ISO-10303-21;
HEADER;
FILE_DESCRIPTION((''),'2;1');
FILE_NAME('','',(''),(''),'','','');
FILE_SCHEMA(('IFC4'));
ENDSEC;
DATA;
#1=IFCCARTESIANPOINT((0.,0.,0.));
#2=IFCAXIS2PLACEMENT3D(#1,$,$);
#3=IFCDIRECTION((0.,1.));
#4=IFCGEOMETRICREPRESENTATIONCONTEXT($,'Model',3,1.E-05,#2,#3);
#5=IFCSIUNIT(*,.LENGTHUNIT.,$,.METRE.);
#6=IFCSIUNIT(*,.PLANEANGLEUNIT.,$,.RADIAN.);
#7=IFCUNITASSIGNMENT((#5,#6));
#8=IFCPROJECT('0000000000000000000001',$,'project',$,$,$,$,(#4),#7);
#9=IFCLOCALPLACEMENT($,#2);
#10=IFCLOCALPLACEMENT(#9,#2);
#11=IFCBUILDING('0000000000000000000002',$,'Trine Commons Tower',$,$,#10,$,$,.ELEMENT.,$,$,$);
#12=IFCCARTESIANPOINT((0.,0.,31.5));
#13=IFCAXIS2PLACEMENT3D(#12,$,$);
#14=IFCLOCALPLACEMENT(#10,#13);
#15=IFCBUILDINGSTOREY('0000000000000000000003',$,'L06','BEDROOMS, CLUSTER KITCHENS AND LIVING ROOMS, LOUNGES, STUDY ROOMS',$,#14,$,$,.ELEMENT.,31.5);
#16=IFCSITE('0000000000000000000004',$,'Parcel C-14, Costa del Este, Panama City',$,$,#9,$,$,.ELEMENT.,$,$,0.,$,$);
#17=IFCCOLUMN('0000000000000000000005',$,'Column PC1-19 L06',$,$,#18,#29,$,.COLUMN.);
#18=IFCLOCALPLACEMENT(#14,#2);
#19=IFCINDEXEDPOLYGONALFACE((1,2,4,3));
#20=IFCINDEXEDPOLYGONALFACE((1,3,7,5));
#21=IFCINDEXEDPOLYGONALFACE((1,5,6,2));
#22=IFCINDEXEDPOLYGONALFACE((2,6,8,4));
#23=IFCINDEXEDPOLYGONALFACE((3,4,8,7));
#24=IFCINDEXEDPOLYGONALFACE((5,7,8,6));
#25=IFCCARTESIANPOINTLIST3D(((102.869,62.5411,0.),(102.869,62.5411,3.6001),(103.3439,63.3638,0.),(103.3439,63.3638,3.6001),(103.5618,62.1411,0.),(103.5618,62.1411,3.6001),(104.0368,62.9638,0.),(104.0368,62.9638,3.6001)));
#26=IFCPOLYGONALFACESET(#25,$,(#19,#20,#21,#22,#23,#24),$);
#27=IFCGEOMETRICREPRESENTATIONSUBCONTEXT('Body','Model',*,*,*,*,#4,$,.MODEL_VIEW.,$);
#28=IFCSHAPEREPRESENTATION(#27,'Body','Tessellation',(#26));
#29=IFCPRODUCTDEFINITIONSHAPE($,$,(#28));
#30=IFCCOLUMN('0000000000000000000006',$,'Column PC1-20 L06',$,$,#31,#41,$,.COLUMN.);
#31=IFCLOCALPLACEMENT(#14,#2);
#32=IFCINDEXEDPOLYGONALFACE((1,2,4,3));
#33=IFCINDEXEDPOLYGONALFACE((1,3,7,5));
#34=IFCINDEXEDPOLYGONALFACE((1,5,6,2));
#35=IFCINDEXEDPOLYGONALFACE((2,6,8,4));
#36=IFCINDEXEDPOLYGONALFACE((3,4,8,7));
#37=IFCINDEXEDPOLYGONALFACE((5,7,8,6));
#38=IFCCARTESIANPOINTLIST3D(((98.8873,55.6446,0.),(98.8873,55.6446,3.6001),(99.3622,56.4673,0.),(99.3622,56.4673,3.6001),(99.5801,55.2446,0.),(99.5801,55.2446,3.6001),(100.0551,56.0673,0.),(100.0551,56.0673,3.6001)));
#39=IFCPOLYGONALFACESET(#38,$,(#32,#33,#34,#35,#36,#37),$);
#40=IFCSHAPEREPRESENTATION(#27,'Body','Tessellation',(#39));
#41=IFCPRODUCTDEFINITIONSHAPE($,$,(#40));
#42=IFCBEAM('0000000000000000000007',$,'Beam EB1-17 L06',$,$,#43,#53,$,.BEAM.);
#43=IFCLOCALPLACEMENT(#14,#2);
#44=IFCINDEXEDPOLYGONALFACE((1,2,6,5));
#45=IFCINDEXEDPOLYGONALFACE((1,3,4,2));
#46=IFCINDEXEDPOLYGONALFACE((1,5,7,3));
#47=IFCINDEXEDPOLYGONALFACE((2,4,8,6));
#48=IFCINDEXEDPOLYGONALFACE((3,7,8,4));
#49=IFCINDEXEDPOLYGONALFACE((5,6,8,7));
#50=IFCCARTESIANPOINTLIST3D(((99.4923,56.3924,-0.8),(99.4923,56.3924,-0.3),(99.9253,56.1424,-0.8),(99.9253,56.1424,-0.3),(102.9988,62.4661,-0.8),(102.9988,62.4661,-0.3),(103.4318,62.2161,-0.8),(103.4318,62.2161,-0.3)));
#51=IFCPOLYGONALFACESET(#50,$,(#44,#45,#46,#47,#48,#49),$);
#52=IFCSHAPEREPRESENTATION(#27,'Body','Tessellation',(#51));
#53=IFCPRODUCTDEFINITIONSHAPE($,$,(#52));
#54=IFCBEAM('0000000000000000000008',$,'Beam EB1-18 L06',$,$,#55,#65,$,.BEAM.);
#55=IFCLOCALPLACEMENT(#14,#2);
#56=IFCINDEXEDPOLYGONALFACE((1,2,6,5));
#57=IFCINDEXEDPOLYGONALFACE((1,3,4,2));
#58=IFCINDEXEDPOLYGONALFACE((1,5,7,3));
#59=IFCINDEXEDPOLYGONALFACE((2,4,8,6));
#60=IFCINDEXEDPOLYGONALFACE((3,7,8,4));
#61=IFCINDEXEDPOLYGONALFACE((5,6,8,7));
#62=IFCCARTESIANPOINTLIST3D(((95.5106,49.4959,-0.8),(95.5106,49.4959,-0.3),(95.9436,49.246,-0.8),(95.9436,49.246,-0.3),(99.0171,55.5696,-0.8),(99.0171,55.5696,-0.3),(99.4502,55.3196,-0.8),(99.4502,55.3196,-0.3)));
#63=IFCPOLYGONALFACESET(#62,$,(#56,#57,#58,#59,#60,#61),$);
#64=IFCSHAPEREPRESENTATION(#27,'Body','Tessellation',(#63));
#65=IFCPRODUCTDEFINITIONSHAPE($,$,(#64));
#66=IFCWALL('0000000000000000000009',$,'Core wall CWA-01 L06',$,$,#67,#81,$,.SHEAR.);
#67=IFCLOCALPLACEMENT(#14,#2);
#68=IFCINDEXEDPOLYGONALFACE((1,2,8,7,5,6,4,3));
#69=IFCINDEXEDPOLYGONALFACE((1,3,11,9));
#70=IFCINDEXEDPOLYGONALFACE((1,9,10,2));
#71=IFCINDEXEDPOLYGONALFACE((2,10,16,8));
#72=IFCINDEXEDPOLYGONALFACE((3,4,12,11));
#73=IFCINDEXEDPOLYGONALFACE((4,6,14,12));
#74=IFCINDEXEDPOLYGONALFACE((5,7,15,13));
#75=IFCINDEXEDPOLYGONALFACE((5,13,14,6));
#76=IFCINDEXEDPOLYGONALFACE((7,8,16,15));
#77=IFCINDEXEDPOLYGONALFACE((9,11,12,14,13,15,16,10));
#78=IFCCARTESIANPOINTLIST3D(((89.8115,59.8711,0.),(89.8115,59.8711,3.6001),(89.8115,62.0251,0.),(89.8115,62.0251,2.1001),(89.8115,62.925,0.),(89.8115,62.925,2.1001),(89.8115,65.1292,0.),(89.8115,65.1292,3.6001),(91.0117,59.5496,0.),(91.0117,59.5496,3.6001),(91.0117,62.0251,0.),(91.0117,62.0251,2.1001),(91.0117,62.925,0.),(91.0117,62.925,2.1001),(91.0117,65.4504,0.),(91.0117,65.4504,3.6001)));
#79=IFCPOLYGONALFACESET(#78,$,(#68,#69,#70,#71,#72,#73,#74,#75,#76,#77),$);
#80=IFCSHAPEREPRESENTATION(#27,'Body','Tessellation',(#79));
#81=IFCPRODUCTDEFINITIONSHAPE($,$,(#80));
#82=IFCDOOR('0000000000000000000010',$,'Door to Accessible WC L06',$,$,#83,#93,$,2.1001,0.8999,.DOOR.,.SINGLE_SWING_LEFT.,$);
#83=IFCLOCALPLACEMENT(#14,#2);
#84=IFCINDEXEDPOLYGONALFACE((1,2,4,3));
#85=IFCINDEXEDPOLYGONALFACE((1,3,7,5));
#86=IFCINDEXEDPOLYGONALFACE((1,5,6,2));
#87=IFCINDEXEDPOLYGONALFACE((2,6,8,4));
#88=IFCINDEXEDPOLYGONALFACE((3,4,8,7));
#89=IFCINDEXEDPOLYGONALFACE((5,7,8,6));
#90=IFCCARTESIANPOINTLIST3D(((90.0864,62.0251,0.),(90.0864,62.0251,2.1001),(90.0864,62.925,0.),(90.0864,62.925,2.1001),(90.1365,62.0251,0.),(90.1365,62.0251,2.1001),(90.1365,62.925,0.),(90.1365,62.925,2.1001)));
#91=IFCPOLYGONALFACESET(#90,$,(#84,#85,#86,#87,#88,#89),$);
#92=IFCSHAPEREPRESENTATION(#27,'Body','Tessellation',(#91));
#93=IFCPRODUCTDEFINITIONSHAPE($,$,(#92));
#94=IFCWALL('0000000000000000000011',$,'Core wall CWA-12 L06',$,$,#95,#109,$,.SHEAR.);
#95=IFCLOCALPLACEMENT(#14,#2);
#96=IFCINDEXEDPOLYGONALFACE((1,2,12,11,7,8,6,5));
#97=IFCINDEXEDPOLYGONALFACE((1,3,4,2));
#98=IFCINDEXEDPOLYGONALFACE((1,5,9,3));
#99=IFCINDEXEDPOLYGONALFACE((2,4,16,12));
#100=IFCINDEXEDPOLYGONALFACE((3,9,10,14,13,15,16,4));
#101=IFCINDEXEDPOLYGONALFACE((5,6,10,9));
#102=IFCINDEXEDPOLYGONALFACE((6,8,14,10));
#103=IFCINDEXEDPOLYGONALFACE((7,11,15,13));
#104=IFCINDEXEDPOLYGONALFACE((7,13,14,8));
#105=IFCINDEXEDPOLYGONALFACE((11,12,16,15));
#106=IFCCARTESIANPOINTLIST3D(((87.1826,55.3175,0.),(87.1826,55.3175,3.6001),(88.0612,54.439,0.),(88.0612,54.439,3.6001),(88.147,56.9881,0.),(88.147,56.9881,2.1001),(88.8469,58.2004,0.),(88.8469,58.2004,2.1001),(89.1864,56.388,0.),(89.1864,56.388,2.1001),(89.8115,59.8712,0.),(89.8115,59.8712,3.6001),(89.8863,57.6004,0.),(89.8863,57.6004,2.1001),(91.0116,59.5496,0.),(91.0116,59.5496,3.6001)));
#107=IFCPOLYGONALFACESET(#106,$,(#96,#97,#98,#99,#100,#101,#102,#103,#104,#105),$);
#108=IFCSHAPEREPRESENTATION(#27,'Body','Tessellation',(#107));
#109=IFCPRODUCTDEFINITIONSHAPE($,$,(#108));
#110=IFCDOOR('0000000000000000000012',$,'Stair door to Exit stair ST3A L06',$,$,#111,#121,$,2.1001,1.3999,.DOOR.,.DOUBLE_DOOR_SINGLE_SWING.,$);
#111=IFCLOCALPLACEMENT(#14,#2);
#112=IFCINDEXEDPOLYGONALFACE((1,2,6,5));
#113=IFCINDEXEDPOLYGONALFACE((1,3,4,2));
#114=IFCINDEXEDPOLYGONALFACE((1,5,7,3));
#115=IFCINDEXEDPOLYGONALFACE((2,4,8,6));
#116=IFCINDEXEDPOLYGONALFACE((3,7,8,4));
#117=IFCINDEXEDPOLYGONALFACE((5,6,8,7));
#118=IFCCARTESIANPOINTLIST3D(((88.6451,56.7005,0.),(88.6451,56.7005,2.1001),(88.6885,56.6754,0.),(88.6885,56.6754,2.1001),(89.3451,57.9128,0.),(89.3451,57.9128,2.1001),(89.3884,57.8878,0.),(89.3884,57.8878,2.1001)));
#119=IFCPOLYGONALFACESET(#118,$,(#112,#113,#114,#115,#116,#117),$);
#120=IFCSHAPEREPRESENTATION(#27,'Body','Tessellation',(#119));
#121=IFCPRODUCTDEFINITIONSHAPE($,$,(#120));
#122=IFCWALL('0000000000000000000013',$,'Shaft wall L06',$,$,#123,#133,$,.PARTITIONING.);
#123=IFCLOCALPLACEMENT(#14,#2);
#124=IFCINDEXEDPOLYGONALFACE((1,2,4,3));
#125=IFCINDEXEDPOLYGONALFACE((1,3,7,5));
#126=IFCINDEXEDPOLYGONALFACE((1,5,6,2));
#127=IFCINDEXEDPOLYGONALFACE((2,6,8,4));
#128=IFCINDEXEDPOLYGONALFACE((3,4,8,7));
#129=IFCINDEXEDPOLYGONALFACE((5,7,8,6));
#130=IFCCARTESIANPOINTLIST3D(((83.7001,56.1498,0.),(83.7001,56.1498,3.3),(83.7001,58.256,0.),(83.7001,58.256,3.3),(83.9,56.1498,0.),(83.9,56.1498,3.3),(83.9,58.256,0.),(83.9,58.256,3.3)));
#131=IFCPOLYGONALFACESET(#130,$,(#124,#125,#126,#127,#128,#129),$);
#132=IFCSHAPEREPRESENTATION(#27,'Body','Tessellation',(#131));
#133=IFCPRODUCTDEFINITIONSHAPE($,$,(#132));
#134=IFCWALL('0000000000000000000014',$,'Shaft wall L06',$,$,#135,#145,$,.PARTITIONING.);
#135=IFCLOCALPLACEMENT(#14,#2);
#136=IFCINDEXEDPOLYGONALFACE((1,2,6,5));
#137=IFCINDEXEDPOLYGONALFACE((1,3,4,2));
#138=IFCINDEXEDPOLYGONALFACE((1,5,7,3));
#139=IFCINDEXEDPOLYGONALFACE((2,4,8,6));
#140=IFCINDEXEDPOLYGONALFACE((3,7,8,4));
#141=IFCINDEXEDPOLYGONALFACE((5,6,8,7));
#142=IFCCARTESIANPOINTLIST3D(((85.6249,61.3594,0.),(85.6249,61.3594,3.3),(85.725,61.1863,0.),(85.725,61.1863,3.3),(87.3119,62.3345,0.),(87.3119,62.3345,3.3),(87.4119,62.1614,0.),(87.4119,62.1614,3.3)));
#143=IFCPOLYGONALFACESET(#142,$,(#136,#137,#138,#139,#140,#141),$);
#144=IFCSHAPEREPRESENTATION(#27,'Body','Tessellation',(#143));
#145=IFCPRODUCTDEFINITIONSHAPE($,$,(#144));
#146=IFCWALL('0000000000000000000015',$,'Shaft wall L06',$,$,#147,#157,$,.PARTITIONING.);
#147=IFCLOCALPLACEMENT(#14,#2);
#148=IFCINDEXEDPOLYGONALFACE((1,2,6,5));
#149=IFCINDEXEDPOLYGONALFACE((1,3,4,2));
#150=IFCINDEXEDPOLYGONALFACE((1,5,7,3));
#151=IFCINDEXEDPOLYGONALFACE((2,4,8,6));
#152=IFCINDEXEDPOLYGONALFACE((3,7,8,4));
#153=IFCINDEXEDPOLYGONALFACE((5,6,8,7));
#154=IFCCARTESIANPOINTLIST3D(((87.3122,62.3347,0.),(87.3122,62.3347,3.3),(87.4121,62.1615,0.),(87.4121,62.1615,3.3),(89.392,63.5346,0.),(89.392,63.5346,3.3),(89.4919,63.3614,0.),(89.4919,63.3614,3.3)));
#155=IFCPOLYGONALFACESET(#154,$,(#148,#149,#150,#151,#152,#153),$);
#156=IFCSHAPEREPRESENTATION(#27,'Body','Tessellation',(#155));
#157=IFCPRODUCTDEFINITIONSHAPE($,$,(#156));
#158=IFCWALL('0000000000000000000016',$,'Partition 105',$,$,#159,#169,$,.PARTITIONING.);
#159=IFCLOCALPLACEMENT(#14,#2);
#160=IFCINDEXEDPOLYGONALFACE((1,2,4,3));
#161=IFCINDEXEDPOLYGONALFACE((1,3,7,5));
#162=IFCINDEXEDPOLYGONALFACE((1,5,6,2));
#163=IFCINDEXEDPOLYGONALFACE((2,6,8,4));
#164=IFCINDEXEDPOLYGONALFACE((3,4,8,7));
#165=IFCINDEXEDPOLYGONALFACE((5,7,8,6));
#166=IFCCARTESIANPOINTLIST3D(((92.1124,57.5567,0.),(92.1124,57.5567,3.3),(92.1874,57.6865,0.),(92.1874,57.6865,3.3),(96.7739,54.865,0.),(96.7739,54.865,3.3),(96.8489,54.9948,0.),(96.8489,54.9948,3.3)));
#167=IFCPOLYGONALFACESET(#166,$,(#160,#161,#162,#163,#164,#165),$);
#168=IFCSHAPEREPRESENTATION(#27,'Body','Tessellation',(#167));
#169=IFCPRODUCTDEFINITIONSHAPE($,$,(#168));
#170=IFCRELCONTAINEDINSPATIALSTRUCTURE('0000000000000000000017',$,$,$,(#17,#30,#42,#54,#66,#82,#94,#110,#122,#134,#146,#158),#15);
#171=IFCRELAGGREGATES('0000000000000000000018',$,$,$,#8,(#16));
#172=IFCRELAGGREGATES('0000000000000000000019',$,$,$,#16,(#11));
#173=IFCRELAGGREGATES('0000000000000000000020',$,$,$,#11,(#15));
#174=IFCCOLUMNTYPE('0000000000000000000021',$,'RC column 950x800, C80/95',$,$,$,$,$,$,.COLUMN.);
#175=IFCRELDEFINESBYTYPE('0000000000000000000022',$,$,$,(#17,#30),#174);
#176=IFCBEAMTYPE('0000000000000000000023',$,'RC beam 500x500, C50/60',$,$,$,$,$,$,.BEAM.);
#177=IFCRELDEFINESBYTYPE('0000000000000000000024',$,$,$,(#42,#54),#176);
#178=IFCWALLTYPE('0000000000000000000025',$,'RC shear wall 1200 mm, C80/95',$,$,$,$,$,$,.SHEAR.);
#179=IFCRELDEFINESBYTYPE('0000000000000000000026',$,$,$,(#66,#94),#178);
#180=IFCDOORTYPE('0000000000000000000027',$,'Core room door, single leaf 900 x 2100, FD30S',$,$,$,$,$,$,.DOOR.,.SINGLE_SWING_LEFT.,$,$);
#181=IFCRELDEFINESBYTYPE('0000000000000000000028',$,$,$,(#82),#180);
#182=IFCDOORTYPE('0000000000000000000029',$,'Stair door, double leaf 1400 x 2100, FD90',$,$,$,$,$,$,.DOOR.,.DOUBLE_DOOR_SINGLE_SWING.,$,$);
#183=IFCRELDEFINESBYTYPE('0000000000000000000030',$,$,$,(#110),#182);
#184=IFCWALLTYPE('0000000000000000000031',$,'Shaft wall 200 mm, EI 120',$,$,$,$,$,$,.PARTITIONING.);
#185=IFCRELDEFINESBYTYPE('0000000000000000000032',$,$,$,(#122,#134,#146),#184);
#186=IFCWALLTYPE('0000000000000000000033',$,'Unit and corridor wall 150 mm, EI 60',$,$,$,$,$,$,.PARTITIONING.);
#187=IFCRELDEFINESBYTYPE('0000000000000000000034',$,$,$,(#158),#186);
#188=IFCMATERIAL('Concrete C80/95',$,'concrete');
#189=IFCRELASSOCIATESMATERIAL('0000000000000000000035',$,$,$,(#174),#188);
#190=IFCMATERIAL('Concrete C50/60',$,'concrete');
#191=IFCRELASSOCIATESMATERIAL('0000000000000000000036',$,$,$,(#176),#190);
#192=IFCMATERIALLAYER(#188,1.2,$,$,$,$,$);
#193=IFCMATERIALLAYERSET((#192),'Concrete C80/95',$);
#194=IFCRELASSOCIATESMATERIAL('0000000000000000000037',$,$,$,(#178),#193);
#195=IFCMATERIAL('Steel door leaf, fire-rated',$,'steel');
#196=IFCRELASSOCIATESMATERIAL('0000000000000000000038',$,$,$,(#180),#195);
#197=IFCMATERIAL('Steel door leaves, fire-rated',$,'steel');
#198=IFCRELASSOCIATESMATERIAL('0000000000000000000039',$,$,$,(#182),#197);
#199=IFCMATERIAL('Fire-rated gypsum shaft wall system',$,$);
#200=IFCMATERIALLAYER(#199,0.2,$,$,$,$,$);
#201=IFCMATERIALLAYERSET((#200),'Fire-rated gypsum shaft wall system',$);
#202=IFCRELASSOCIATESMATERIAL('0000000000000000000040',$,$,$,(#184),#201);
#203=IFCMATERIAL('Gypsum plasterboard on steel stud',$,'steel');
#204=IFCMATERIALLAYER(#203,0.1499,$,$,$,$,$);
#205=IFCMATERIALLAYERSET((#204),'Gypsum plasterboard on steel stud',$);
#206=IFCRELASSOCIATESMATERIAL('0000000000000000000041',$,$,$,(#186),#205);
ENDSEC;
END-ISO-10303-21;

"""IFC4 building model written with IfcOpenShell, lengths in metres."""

from ifc_helpers import new_model, si_unit, direction, frame, frame_2d, origin, origin_2d, place, context, subcontext, project, spatial, polyline, rectangle, outline, extrude, material, layer, layer_set, material_profile, profile_set, type_object, element, fill, save


model = new_model("IFC4")

# Units and contexts
model_context = context("Model", 3, precision=1e-05, world=origin(), true_north=direction((0.0, 1.0)))
body_context = subcontext(model_context, "Body", "Model", "MODEL_VIEW")
ifc_project = project(units=[si_unit("LENGTHUNIT", "METRE"), si_unit("PLANEANGLEUNIT", "RADIAN")], contexts=[model_context])

# Site, building, storey
site_placement = place(None, origin())
site = spatial("IfcSite", under=ifc_project, at=site_placement, Name="Parcel C-14, Costa del Este, Panama City", CompositionType="ELEMENT", RefElevation=0.0)
building_placement = place(site_placement, origin())
building = spatial("IfcBuilding", under=site, at=building_placement, Name="Trine Commons Tower", CompositionType="ELEMENT")
storey_placement = place(building_placement, frame((0.0, 0.0, 31.5)))
storey = spatial("IfcBuildingStorey", under=building, at=storey_placement, Name="L06", Description="BEDROOMS, CLUSTER KITCHENS AND LIVING ROOMS, LOUNGES, STUDY ROOMS", CompositionType="ELEMENT", Elevation=31.5)

# Columns
ifc_material_1 = material(Name="Concrete C80/95", Category="concrete")
ifc_material_profile_1 = material_profile(ifc_material_1, rectangle(XDim=0.95, YDim=0.8, at=origin_2d()), Name="RC 950x800")
ifc_profile_set_1 = profile_set([ifc_material_profile_1], Name="Concrete C80/95")
column_type = type_object("IfcColumnType", Name="RC column 950x800, C80/95", PredefinedType="COLUMN", material=ifc_profile_set_1)
for number, where, z_axis, x_axis, name in (
    (1, (103.4529, 62.7524, 0.0), (0.0, 0.0, 1.0), (0.5, 0.866025, 0.0), "Column PC1-19 L06"),
    (2, (99.4712, 55.856, 0.0), (0.0, 0.0, 1.0), (0.5, 0.866025, 0.0), "Column PC1-20 L06"),
):
    element("IfcColumn", number, at=place(storey_placement, frame(where, z_axis=z_axis, x_axis=x_axis)), inside=storey, type_object=column_type, Name=name, PredefinedType="COLUMN", context=body_context, shape_type="SweptSolid", body=[
        extrude(rectangle(XDim=0.95, YDim=0.8, at=origin_2d()), origin(), (0.0, 0.0, 1.0), 3.6001),
    ])

# Beams
ifc_material_2 = material(Name="Concrete C50/60", Category="concrete")
ifc_material_profile_2 = material_profile(ifc_material_2, rectangle(XDim=0.5, YDim=0.5, at=origin_2d()), Name="RC 500x500")
ifc_profile_set_2 = profile_set([ifc_material_profile_2], Name="Concrete C50/60")
beam_type = type_object("IfcBeamType", Name="RC beam 500x500, C50/60", PredefinedType="BEAM", material=ifc_profile_set_2)
for number, where, z_axis, x_axis, name in (
    (3, (103.2153, 62.3411, -0.55), (-0.499992, -0.86603, 0.0), (0.86603, -0.499992, 0.0), "Beam EB1-17 L06"),
    (4, (99.2336, 55.4446, -0.55), (-0.499992, -0.86603, 0.0), (0.86603, -0.499992, 0.0), "Beam EB1-18 L06"),
):
    element("IfcBeam", number, at=place(storey_placement, frame(where, z_axis=z_axis, x_axis=x_axis)), inside=storey, type_object=beam_type, Name=name, PredefinedType="BEAM", context=body_context, shape_type="SweptSolid", body=[
        extrude(rectangle(XDim=0.5, YDim=0.5, at=origin_2d()), origin(), (0.0, 0.0, 1.0), 7.0132),
    ])

# Walls, openings, doors
ifc_layer_1 = layer(ifc_material_1, 1.2)
ifc_layer_set_1 = layer_set([ifc_layer_1], Name="Concrete C80/95")
wall_type_1 = type_object("IfcWallType", Name="RC shear wall 1200 mm, C80/95", PredefinedType="SHEAR", material=ifc_layer_set_1)
wall_1_placement = place(storey_placement, frame((90.4116, 59.5496, 0.0), z_axis=(0.0, 0.0, 1.0), x_axis=(0.0, 1.0, 0.0)))
wall_1 = element("IfcWall", 5, at=wall_1_placement, inside=storey, type_object=wall_type_1, Name="Core wall CWA-01 L06", PredefinedType="SHEAR", context=body_context, shape_type="SweptSolid", body=[
    extrude(outline(polyline([(0.0, -0.6001), (5.9009, -0.6001), (5.5796, 0.6001), (0.3215, 0.6001), (0.0, -0.6001)])), origin(), (0.0, 0.0, 1.0), 3.6001),
])
opening_1_placement = place(wall_1_placement, frame((2.4756, 0.0, 0.0)))
opening_1 = element("IfcOpeningElement", 6, at=opening_1_placement, cuts=wall_1, PredefinedType="OPENING", context=body_context, shape_type="SweptSolid", body=[
    extrude(rectangle(XDim=0.8999, YDim=2.1001, at=frame_2d((0.45, 1.05))), frame((0.0, 0.6099, 0.0), z_axis=(0.0, -1.0, 0.0), x_axis=(1.0, 0.0, 0.0)), (0.0, 0.0, 1.0), 1.22),
])
ifc_material_3 = material(Name="Steel door leaf, fire-rated", Category="steel")
door_type_1 = type_object("IfcDoorType", Name="Core room door, single leaf 900 x 2100, FD30S", OperationType="SINGLE_SWING_LEFT", PredefinedType="DOOR", material=ifc_material_3)
door_1_placement = place(opening_1_placement, origin())
door_1 = element("IfcDoor", 7, at=door_1_placement, inside=storey, type_object=door_type_1, Name="Door to Accessible WC L06", OperationType="SINGLE_SWING_LEFT", OverallHeight=2.1001, OverallWidth=0.8999, PredefinedType="DOOR", context=body_context, shape_type="SweptSolid", body=[
    extrude(rectangle(XDim=0.8999, YDim=2.1001, at=frame_2d((0.45, 1.05))), frame((0.0, 0.3252, 0.0), z_axis=(0.0, -1.0, 0.0), x_axis=(1.0, 0.0, 0.0)), (0.0, 0.0, 1.0), 0.05),
])
fill(opening_1, door_1)
wall_2_placement = place(storey_placement, frame((87.5415, 54.739, 0.0), z_axis=(0.0, 0.0, 1.0), x_axis=(0.499979, 0.866037, 0.0)))
wall_2 = element("IfcWall", 8, at=wall_2_placement, inside=storey, type_object=wall_type_1, Name="Core wall CWA-12 L06", PredefinedType="SHEAR", context=body_context, shape_type="SweptSolid", body=[
    extrude(outline(polyline([(0.0, -0.6001), (5.9011, -0.6001), (5.5796, 0.6001), (0.3215, 0.6001), (0.0, -0.6001)])), origin(), (0.0, 0.0, 1.0), 3.6001),
])
opening_2_placement = place(wall_2_placement, frame((2.2505, 0.0, 0.0)))
opening_2 = element("IfcOpeningElement", 9, at=opening_2_placement, cuts=wall_2, PredefinedType="OPENING", context=body_context, shape_type="SweptSolid", body=[
    extrude(rectangle(XDim=1.3999, YDim=2.1001, at=frame_2d((0.7, 1.05))), frame((0.0, 0.6099, 0.0), z_axis=(0.0, -1.0, 0.0), x_axis=(1.0, 0.0, 0.0)), (0.0, 0.0, 1.0), 1.22),
])
ifc_material_4 = material(Name="Steel door leaves, fire-rated", Category="steel")
door_type_2 = type_object("IfcDoorType", Name="Stair door, double leaf 1400 x 2100, FD90", OperationType="DOUBLE_DOOR_SINGLE_SWING", PredefinedType="DOOR", material=ifc_material_4)
door_2_placement = place(opening_2_placement, origin())
door_2 = element("IfcDoor", 10, at=door_2_placement, inside=storey, type_object=door_type_2, Name="Stair door to Exit stair ST3A L06", OperationType="DOUBLE_DOOR_SINGLE_SWING", OverallHeight=2.1001, OverallWidth=1.3999, PredefinedType="DOOR", context=body_context, shape_type="SweptSolid", body=[
    extrude(rectangle(XDim=1.3999, YDim=2.1001, at=frame_2d((0.7, 1.05))), frame((0.0, 0.0249, 0.0), z_axis=(0.0, -1.0, 0.0), x_axis=(1.0, 0.0, 0.0)), (0.0, 0.0, 1.0), 0.05),
])
fill(opening_2, door_2)

# Walls
ifc_material_5 = material(Name="Fire-rated gypsum shaft wall system")
ifc_layer_2 = layer(ifc_material_5, 0.2)
ifc_layer_set_2 = layer_set([ifc_layer_2], Name="Fire-rated gypsum shaft wall system")
wall_type_2 = type_object("IfcWallType", Name="Shaft wall 200 mm, EI 120", PredefinedType="PARTITIONING", material=ifc_layer_set_2)
wall_3_placement = place(storey_placement, frame((83.8, 58.2561, 0.0), z_axis=(0.0, 0.0, 1.0), x_axis=(0.0, -1.0, 0.0)))
element("IfcWall", 11, at=wall_3_placement, inside=storey, type_object=wall_type_2, Name="Shaft wall L06", PredefinedType="PARTITIONING", context=body_context, shape_type="SweptSolid", body=[
    extrude(rectangle(XDim=2.1062, YDim=0.2, at=frame_2d((1.0532, 0.0))), origin(), (0.0, 0.0, 1.0), 3.3),
])
wall_4_placement = place(storey_placement, frame((85.675, 61.2729, 0.0), z_axis=(0.0, 0.0, 1.0), x_axis=(0.865781, 0.500424, 0.0)))
element("IfcWall", 12, at=wall_4_placement, inside=storey, type_object=wall_type_2, Name="Shaft wall L06", PredefinedType="PARTITIONING", context=body_context, shape_type="SweptSolid", body=[
    extrude(rectangle(XDim=1.9485, YDim=0.2, at=frame_2d((0.9741, 0.0))), origin(), (0.0, 0.0, 1.0), 3.3),
])
wall_5_placement = place(storey_placement, frame((87.3621, 62.248, 0.0), z_axis=(0.0, 0.0, 1.0), x_axis=(0.866177, 0.499737, 0.0)))
element("IfcWall", 13, at=wall_5_placement, inside=storey, type_object=wall_type_2, Name="Shaft wall L06", PredefinedType="PARTITIONING", context=body_context, shape_type="SweptSolid", body=[
    extrude(rectangle(XDim=2.4011, YDim=0.2, at=frame_2d((1.2007, 0.0))), origin(), (0.0, 0.0, 1.0), 3.3),
])
ifc_material_6 = material(Name="Gypsum plasterboard on steel stud", Category="steel")
ifc_layer_3 = layer(ifc_material_6, 0.1499)
ifc_layer_set_3 = layer_set([ifc_layer_3], Name="Gypsum plasterboard on steel stud")
wall_type_3 = type_object("IfcWallType", Name="Unit and corridor wall 150 mm, EI 60", PredefinedType="PARTITIONING", material=ifc_layer_set_3)
wall_6_placement = place(storey_placement, frame((92.1499, 57.6216, 0.0), z_axis=(0.0, 0.0, 1.0), x_axis=(0.865993, -0.500056, 0.0)))
element("IfcWall", 14, at=wall_6_placement, inside=storey, type_object=wall_type_3, Name="Partition 105", PredefinedType="PARTITIONING", context=body_context, shape_type="SweptSolid", body=[
    extrude(rectangle(XDim=5.3828, YDim=0.1499, at=frame_2d((2.6914, 0.0))), origin(), (0.0, 0.0, 1.0), 3.3),
])

save(model, "model.ifc")
